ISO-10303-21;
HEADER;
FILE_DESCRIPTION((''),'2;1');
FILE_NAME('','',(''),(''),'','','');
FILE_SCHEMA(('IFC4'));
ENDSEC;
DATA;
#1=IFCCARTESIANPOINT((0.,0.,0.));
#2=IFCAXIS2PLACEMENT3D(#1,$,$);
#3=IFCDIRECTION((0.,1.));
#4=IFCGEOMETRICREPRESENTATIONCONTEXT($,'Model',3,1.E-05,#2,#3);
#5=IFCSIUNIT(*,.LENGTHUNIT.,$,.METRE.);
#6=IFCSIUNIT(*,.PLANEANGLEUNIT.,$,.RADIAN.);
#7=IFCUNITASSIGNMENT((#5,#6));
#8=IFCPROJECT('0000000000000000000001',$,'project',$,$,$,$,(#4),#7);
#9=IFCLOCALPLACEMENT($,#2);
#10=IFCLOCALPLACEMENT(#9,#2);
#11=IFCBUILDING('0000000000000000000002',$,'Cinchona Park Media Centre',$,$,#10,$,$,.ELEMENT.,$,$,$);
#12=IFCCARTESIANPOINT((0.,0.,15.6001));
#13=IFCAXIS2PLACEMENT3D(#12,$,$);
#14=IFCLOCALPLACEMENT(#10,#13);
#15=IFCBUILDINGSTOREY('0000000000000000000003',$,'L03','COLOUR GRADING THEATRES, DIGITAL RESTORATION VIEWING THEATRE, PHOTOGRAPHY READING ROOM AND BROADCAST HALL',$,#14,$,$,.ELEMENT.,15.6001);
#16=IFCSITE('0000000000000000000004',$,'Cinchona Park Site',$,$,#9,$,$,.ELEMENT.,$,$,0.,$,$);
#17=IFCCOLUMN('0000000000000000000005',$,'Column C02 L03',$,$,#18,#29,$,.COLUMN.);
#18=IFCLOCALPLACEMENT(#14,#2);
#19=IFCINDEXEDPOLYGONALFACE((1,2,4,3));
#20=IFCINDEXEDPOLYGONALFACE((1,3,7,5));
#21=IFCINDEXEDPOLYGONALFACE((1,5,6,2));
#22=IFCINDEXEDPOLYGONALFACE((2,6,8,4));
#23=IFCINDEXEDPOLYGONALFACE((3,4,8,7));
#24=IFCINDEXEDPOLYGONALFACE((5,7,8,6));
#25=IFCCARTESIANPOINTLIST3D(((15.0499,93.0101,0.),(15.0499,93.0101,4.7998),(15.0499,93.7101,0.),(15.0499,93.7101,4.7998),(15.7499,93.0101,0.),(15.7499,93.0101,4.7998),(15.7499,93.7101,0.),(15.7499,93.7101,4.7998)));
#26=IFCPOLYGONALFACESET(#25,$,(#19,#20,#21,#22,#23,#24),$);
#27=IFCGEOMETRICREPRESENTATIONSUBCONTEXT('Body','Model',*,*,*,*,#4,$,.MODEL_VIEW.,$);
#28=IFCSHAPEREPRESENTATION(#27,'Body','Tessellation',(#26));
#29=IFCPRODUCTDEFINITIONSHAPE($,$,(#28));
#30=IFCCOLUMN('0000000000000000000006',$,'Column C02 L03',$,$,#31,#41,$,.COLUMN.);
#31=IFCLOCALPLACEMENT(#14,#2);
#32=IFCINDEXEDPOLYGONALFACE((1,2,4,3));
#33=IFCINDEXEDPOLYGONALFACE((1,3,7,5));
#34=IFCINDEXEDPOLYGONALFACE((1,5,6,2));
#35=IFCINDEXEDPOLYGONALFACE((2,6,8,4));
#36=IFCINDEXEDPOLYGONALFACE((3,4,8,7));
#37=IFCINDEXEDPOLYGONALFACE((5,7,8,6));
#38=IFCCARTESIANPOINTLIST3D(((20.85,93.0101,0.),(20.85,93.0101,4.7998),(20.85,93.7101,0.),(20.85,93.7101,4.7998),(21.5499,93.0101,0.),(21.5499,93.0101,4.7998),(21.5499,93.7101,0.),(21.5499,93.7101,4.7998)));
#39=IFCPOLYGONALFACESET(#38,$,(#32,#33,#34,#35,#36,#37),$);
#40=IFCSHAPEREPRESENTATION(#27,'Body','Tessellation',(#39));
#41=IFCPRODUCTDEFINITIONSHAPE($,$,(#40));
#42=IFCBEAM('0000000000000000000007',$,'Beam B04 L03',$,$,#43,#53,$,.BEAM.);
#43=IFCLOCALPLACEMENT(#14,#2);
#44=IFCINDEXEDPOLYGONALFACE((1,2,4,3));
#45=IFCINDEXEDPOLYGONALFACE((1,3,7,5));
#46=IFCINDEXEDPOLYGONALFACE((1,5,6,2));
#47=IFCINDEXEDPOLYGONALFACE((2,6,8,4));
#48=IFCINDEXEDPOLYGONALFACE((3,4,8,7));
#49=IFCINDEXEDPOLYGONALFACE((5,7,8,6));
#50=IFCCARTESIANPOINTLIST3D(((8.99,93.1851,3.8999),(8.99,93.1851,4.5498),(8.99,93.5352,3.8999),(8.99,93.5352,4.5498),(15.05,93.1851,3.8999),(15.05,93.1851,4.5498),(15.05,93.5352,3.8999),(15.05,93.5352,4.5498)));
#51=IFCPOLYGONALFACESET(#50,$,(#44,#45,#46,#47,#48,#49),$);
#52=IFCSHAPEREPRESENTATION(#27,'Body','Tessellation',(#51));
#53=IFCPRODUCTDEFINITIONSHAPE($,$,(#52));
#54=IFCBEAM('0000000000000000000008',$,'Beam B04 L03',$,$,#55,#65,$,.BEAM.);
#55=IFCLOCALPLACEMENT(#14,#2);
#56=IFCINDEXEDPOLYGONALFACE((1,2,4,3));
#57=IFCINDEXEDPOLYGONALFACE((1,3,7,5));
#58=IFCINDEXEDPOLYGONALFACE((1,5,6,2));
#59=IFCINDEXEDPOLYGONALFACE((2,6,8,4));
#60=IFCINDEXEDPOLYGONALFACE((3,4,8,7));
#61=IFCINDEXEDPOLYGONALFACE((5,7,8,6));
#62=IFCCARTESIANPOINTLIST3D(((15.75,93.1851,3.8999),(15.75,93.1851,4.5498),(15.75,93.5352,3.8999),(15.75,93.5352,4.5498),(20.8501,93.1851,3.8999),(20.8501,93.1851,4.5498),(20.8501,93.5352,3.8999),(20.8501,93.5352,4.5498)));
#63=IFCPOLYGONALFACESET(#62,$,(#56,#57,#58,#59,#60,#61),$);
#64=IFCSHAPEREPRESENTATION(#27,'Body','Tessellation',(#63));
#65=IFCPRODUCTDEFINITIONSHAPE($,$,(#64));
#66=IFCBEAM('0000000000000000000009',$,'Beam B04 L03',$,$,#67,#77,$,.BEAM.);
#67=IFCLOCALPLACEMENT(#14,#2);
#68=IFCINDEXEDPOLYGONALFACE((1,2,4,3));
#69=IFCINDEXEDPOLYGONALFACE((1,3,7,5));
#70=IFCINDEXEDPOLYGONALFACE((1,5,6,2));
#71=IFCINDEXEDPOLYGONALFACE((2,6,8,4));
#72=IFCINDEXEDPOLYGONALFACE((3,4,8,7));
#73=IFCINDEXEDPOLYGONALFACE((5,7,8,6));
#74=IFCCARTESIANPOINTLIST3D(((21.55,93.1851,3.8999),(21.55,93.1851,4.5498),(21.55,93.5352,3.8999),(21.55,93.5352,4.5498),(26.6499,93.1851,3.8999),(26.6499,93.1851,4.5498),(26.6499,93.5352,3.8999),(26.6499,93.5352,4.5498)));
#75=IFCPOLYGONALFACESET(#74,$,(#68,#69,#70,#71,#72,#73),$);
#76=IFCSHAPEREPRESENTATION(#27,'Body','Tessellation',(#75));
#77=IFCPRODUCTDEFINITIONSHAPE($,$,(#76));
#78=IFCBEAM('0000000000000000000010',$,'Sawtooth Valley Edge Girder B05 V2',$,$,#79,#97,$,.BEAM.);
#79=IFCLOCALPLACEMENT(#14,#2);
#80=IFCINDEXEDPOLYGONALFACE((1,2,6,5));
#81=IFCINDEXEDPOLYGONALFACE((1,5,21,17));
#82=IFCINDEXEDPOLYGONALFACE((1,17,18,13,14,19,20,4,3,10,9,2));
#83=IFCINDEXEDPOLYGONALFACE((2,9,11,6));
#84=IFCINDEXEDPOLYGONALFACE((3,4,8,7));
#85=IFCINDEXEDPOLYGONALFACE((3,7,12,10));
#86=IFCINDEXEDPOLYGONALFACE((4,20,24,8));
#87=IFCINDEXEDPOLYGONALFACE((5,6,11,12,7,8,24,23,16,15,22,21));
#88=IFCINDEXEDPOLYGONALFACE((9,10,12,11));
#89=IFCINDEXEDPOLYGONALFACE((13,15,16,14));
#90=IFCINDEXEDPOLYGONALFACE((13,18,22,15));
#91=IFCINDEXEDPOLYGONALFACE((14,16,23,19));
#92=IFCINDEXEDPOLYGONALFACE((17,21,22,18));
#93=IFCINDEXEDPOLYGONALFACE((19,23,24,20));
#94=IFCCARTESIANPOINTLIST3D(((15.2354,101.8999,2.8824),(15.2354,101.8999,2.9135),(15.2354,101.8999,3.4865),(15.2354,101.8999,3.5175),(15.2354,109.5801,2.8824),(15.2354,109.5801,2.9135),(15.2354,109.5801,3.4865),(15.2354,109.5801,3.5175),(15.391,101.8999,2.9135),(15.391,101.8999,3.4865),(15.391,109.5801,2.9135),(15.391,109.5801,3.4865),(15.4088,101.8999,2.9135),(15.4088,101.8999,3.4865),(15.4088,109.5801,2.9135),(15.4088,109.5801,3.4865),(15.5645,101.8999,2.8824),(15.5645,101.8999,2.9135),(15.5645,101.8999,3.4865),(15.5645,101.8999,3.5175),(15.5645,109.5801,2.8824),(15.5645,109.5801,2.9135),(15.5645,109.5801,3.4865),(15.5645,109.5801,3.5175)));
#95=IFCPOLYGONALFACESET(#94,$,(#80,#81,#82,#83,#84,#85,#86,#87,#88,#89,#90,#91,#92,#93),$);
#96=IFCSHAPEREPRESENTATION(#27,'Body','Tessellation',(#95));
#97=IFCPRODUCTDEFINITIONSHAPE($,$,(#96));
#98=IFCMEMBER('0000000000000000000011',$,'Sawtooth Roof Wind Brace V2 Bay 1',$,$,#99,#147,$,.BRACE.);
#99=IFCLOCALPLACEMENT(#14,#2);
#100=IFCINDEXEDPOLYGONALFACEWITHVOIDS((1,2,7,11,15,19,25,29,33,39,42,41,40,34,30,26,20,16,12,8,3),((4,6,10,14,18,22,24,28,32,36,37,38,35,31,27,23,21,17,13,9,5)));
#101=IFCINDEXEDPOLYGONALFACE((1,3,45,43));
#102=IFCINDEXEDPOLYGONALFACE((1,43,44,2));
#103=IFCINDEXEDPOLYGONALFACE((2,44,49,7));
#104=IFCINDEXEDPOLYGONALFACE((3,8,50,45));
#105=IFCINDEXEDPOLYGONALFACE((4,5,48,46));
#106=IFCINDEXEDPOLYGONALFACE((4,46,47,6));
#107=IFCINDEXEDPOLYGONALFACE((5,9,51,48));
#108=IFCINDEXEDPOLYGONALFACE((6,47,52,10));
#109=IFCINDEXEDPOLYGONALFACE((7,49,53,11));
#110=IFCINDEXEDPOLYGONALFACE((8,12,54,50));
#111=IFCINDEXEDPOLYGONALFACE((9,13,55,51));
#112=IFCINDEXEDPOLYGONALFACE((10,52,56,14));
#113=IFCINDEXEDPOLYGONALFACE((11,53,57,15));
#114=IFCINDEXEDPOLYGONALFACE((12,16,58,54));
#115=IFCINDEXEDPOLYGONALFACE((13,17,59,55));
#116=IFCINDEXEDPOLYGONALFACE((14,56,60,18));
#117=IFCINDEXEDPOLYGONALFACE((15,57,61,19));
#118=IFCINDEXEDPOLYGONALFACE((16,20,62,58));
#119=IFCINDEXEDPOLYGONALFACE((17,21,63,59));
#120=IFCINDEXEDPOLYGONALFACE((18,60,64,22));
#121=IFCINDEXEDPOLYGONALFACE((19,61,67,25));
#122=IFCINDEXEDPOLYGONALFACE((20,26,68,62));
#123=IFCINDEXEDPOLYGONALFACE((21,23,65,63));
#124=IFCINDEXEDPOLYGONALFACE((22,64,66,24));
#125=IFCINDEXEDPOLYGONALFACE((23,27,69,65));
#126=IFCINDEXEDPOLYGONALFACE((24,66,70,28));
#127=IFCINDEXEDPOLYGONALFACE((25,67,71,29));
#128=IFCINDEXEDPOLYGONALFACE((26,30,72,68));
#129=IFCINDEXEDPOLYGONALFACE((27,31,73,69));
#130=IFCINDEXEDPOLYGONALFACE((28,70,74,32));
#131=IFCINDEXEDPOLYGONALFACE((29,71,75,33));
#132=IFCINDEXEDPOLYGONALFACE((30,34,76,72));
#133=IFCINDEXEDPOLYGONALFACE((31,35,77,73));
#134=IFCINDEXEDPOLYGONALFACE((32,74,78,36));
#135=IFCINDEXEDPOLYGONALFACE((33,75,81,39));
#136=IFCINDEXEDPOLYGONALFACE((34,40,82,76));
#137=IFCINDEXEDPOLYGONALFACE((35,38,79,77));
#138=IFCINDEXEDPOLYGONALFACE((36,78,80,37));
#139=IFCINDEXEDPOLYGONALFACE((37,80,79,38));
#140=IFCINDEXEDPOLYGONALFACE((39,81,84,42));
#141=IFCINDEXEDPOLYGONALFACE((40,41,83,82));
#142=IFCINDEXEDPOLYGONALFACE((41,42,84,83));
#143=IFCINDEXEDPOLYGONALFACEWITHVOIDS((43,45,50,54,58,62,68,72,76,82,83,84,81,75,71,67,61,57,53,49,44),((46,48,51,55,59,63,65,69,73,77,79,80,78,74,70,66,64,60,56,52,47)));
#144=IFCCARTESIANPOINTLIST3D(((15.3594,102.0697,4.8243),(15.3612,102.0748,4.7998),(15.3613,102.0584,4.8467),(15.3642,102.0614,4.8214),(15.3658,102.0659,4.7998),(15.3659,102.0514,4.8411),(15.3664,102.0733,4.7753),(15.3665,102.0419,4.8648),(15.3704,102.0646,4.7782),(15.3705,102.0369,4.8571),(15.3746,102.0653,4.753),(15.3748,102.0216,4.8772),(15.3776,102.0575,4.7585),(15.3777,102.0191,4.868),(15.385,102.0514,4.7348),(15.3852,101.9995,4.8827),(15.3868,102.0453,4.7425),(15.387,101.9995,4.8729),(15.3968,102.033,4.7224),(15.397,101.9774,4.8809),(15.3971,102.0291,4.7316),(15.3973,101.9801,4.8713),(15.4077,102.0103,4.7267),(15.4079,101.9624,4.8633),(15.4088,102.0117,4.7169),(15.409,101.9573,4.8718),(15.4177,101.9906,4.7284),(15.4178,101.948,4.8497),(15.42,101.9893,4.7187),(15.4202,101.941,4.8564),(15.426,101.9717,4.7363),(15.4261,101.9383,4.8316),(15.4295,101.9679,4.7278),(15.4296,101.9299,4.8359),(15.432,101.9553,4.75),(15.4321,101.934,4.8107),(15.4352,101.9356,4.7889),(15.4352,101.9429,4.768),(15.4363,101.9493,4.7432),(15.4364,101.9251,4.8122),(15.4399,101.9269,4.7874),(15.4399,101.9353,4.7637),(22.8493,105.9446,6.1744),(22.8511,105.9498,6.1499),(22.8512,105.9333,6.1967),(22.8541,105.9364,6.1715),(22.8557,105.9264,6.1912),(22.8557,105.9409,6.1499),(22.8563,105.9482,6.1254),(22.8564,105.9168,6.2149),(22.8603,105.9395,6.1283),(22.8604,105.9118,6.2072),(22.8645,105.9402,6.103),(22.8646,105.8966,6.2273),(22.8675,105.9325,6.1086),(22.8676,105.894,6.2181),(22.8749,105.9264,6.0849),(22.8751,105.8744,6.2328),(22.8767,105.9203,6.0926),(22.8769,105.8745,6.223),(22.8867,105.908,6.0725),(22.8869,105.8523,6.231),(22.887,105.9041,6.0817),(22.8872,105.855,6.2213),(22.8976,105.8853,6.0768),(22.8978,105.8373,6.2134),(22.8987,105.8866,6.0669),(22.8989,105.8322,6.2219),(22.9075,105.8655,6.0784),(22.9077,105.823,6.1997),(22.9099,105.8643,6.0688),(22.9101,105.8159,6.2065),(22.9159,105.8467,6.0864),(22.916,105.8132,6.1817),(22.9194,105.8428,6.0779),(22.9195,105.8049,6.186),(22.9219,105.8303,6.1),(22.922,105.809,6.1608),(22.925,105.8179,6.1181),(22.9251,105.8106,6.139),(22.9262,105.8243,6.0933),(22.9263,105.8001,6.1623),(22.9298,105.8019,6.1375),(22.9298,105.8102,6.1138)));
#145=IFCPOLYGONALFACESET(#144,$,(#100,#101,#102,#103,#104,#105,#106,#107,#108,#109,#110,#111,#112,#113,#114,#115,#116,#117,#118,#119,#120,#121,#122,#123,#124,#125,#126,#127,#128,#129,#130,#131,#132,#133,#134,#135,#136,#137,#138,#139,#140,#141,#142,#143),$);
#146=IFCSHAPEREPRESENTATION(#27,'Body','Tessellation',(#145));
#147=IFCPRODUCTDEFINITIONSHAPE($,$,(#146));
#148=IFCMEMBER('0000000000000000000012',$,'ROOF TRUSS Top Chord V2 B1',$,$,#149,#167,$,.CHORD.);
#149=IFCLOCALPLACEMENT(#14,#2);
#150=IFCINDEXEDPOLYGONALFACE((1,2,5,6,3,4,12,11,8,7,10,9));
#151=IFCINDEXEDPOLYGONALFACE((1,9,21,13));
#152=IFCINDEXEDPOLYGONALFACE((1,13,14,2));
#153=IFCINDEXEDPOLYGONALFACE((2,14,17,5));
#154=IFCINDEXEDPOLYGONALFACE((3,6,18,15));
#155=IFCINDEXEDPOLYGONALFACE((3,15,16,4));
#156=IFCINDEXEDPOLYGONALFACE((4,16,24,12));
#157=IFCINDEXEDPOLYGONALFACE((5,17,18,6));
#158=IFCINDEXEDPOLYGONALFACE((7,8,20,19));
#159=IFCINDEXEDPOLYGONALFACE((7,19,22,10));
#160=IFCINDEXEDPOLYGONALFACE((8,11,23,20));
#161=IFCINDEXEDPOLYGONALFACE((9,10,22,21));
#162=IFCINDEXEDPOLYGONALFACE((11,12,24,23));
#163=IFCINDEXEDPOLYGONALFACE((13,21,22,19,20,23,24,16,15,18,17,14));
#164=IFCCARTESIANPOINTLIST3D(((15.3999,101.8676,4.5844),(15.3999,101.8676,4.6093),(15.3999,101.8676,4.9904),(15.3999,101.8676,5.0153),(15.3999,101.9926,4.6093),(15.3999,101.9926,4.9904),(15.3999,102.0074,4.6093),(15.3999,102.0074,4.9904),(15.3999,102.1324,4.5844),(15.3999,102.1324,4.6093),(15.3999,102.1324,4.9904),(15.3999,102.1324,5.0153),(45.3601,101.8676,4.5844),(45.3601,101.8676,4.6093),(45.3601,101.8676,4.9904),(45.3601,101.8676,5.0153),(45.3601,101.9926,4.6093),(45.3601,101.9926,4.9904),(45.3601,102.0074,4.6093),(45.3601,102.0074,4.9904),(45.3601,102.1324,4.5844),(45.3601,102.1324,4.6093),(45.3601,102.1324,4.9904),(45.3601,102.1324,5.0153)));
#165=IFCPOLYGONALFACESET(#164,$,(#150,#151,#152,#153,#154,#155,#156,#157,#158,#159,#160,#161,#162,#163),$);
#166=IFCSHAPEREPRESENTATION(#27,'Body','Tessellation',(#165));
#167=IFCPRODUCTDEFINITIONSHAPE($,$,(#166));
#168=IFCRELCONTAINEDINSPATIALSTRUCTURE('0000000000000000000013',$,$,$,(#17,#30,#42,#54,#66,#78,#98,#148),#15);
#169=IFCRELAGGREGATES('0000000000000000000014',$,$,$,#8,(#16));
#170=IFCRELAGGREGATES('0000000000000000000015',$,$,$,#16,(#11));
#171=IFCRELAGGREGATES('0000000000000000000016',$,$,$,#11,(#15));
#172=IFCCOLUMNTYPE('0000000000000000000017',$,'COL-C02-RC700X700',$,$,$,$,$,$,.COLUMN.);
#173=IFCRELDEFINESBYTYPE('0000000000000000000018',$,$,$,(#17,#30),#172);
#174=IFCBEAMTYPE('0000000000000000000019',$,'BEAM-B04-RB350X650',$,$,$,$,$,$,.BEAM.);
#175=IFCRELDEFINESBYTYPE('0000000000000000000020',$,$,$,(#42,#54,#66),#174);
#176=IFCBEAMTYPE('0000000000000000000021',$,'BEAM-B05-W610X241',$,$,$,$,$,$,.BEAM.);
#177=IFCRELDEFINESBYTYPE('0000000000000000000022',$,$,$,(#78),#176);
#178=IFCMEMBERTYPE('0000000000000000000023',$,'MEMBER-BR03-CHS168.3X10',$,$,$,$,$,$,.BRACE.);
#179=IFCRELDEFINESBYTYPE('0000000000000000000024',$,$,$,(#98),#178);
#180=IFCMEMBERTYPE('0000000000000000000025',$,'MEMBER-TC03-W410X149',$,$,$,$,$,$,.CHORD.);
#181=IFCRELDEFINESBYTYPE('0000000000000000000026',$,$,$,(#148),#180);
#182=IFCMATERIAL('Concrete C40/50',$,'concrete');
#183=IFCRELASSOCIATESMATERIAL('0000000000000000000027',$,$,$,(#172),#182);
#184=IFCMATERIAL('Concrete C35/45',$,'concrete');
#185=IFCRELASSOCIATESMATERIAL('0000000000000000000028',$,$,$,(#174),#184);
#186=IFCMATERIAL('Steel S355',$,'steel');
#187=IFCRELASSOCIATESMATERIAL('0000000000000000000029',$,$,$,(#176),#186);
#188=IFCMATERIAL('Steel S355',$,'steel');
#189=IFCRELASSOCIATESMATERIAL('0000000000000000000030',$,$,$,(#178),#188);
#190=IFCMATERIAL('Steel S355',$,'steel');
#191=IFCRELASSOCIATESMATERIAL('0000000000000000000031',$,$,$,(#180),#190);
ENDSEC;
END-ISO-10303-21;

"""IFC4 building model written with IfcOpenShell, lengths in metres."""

from ifc_helpers import new_model, si_unit, direction, frame, origin, origin_2d, place, context, subcontext, project, spatial, rectangle, hollow_circle, i_section, extrude, material, material_profile, profile_set, type_object, element, save


model = new_model("IFC4")

# Units and contexts
model_context = context("Model", 3, precision=1e-05, world=origin(), true_north=direction((0.0, 1.0)))
body_context = subcontext(model_context, "Body", "Model", "MODEL_VIEW")
ifc_project = project(units=[si_unit("LENGTHUNIT", "METRE"), si_unit("PLANEANGLEUNIT", "RADIAN")], contexts=[model_context])

# Site, building, storey
site_placement = place(None, origin())
site = spatial("IfcSite", under=ifc_project, at=site_placement, Name="Cinchona Park Site", CompositionType="ELEMENT", RefElevation=0.0)
building_placement = place(site_placement, origin())
building = spatial("IfcBuilding", under=site, at=building_placement, Name="Cinchona Park Media Centre", CompositionType="ELEMENT")
storey_placement = place(building_placement, frame((0.0, 0.0, 15.6001)))
storey = spatial("IfcBuildingStorey", under=building, at=storey_placement, Name="L03", Description="COLOUR GRADING THEATRES, DIGITAL RESTORATION VIEWING THEATRE, PHOTOGRAPHY READING ROOM AND BROADCAST HALL", CompositionType="ELEMENT", Elevation=15.6001)

# Columns
ifc_material_1 = material(Name="Concrete C40/50", Category="concrete")
ifc_material_profile_1 = material_profile(ifc_material_1, rectangle(XDim=0.7, YDim=0.7, at=origin_2d()), Name="RC 700X700")
ifc_profile_set_1 = profile_set([ifc_material_profile_1], Name="Concrete C40/50")
column_type = type_object("IfcColumnType", Name="COL-C02-RC700X700", PredefinedType="COLUMN", material=ifc_profile_set_1)
for number, where, z_axis, x_axis, name in (
    (1, (15.3999, 93.3601, 0.0), (0.0, 0.0, 1.0), (1.0, 0.0, 0.0), "Column C02 L03"),
    (2, (21.2, 93.3601, 0.0), (0.0, 0.0, 1.0), (1.0, 0.0, 0.0), "Column C02 L03"),
):
    element("IfcColumn", number, at=place(storey_placement, frame(where, z_axis=z_axis, x_axis=x_axis)), inside=storey, type_object=column_type, Name=name, PredefinedType="COLUMN", context=body_context, shape_type="SweptSolid", body=[
        extrude(rectangle(XDim=0.7, YDim=0.7, at=origin_2d()), origin(), (0.0, 0.0, 1.0), 4.7998),
    ])

# Beams
ifc_material_2 = material(Name="Concrete C35/45", Category="concrete")
ifc_material_profile_2 = material_profile(ifc_material_2, rectangle(XDim=0.3501, YDim=0.6499, at=origin_2d()), Name="RB 350X650")
ifc_profile_set_2 = profile_set([ifc_material_profile_2], Name="Concrete C35/45")
beam_type_1 = type_object("IfcBeamType", Name="BEAM-B04-RB350X650", PredefinedType="BEAM", material=ifc_profile_set_2)
beam_1_placement = place(storey_placement, frame((8.99, 93.3601, 4.2249), z_axis=(1.0, 0.0, 0.0), x_axis=(0.0, 1.0, 0.0)))
element("IfcBeam", 3, at=beam_1_placement, inside=storey, type_object=beam_type_1, Name="Beam B04 L03", PredefinedType="BEAM", context=body_context, shape_type="SweptSolid", body=[
    extrude(rectangle(XDim=0.3501, YDim=0.6499, at=origin_2d()), origin(), (0.0, 0.0, 1.0), 6.0601),
])
beam_2_placement = place(storey_placement, frame((15.75, 93.3601, 4.2249), z_axis=(1.0, 0.0, 0.0), x_axis=(0.0, 1.0, 0.0)))
element("IfcBeam", 4, at=beam_2_placement, inside=storey, type_object=beam_type_1, Name="Beam B04 L03", PredefinedType="BEAM", context=body_context, shape_type="SweptSolid", body=[
    extrude(rectangle(XDim=0.3501, YDim=0.6499, at=origin_2d()), origin(), (0.0, 0.0, 1.0), 5.1001),
])
beam_3_placement = place(storey_placement, frame((21.55, 93.3601, 4.2249), z_axis=(1.0, 0.0, 0.0), x_axis=(0.0, 1.0, 0.0)))
element("IfcBeam", 5, at=beam_3_placement, inside=storey, type_object=beam_type_1, Name="Beam B04 L03", PredefinedType="BEAM", context=body_context, shape_type="SweptSolid", body=[
    extrude(rectangle(XDim=0.3501, YDim=0.6499, at=origin_2d()), origin(), (0.0, 0.0, 1.0), 5.0999),
])
ifc_material_3 = material(Name="Steel S355", Category="steel")
ifc_material_profile_3 = material_profile(ifc_material_3, i_section(OverallWidth=0.3291, OverallDepth=0.635, WebThickness=0.0178, FlangeThickness=0.031, at=origin_2d()), Name="W610X241")
ifc_profile_set_3 = profile_set([ifc_material_profile_3], Name="Steel S355")
beam_type_2 = type_object("IfcBeamType", Name="BEAM-B05-W610X241", PredefinedType="BEAM", material=ifc_profile_set_3)
beam_4_placement = place(storey_placement, frame((15.3999, 101.8999, 3.2), z_axis=(0.0, 1.0, 0.0), x_axis=(-1.0, 0.0, 0.0)))
element("IfcBeam", 6, at=beam_4_placement, inside=storey, type_object=beam_type_2, Name="Sawtooth Valley Edge Girder B05 V2", PredefinedType="BEAM", context=body_context, shape_type="SweptSolid", body=[
    extrude(i_section(OverallWidth=0.3291, OverallDepth=0.635, WebThickness=0.0178, FlangeThickness=0.031, at=origin_2d()), origin(), (0.0, 0.0, 1.0), 7.6802),
])

# Members
ifc_material_4 = material(Name="Steel S355", Category="steel")
ifc_material_profile_4 = material_profile(ifc_material_4, hollow_circle(Radius=0.0842, WallThickness=0.01, at=origin_2d()), Name="168.3X10CHS")
ifc_profile_set_4 = profile_set([ifc_material_profile_4], Name="Steel S355")
member_type_1 = type_object("IfcMemberType", Name="MEMBER-BR03-CHS168.3X10", PredefinedType="BRACE", material=ifc_profile_set_4)
member_1_placement = place(storey_placement, frame((15.3999, 102.0, 4.7998), z_axis=(0.877007, 0.453726, 0.158084), x_axis=(-0.459504, 0.888176, 0.0)))
element("IfcMember", 7, at=member_1_placement, inside=storey, type_object=member_type_1, Name="Sawtooth Roof Wind Brace V2 Bay 1", PredefinedType="BRACE", context=body_context, shape_type="SweptSolid", body=[
    extrude(hollow_circle(Radius=0.0842, WallThickness=0.01, at=origin_2d()), origin(), (0.0, 0.0, 1.0), 8.5403),
])
ifc_material_5 = material(Name="Steel S355", Category="steel")
ifc_material_profile_5 = material_profile(ifc_material_5, i_section(OverallWidth=0.2649, OverallDepth=0.4309, WebThickness=0.0149, FlangeThickness=0.0249, at=origin_2d()), Name="W410X149")
ifc_profile_set_5 = profile_set([ifc_material_profile_5], Name="Steel S355")
member_type_2 = type_object("IfcMemberType", Name="MEMBER-TC03-W410X149", PredefinedType="CHORD", material=ifc_profile_set_5)
member_2_placement = place(storey_placement, frame((15.3999, 102.0, 4.7998), z_axis=(1.0, 0.0, 0.0), x_axis=(0.0, 1.0, 0.0)))
element("IfcMember", 8, at=member_2_placement, inside=storey, type_object=member_type_2, Name="ROOF TRUSS Top Chord V2 B1", PredefinedType="CHORD", context=body_context, shape_type="SweptSolid", body=[
    extrude(i_section(OverallWidth=0.2649, OverallDepth=0.4309, WebThickness=0.0149, FlangeThickness=0.0249, at=origin_2d()), origin(), (0.0, 0.0, 1.0), 29.9602),
])

save(model, "model.ifc")
